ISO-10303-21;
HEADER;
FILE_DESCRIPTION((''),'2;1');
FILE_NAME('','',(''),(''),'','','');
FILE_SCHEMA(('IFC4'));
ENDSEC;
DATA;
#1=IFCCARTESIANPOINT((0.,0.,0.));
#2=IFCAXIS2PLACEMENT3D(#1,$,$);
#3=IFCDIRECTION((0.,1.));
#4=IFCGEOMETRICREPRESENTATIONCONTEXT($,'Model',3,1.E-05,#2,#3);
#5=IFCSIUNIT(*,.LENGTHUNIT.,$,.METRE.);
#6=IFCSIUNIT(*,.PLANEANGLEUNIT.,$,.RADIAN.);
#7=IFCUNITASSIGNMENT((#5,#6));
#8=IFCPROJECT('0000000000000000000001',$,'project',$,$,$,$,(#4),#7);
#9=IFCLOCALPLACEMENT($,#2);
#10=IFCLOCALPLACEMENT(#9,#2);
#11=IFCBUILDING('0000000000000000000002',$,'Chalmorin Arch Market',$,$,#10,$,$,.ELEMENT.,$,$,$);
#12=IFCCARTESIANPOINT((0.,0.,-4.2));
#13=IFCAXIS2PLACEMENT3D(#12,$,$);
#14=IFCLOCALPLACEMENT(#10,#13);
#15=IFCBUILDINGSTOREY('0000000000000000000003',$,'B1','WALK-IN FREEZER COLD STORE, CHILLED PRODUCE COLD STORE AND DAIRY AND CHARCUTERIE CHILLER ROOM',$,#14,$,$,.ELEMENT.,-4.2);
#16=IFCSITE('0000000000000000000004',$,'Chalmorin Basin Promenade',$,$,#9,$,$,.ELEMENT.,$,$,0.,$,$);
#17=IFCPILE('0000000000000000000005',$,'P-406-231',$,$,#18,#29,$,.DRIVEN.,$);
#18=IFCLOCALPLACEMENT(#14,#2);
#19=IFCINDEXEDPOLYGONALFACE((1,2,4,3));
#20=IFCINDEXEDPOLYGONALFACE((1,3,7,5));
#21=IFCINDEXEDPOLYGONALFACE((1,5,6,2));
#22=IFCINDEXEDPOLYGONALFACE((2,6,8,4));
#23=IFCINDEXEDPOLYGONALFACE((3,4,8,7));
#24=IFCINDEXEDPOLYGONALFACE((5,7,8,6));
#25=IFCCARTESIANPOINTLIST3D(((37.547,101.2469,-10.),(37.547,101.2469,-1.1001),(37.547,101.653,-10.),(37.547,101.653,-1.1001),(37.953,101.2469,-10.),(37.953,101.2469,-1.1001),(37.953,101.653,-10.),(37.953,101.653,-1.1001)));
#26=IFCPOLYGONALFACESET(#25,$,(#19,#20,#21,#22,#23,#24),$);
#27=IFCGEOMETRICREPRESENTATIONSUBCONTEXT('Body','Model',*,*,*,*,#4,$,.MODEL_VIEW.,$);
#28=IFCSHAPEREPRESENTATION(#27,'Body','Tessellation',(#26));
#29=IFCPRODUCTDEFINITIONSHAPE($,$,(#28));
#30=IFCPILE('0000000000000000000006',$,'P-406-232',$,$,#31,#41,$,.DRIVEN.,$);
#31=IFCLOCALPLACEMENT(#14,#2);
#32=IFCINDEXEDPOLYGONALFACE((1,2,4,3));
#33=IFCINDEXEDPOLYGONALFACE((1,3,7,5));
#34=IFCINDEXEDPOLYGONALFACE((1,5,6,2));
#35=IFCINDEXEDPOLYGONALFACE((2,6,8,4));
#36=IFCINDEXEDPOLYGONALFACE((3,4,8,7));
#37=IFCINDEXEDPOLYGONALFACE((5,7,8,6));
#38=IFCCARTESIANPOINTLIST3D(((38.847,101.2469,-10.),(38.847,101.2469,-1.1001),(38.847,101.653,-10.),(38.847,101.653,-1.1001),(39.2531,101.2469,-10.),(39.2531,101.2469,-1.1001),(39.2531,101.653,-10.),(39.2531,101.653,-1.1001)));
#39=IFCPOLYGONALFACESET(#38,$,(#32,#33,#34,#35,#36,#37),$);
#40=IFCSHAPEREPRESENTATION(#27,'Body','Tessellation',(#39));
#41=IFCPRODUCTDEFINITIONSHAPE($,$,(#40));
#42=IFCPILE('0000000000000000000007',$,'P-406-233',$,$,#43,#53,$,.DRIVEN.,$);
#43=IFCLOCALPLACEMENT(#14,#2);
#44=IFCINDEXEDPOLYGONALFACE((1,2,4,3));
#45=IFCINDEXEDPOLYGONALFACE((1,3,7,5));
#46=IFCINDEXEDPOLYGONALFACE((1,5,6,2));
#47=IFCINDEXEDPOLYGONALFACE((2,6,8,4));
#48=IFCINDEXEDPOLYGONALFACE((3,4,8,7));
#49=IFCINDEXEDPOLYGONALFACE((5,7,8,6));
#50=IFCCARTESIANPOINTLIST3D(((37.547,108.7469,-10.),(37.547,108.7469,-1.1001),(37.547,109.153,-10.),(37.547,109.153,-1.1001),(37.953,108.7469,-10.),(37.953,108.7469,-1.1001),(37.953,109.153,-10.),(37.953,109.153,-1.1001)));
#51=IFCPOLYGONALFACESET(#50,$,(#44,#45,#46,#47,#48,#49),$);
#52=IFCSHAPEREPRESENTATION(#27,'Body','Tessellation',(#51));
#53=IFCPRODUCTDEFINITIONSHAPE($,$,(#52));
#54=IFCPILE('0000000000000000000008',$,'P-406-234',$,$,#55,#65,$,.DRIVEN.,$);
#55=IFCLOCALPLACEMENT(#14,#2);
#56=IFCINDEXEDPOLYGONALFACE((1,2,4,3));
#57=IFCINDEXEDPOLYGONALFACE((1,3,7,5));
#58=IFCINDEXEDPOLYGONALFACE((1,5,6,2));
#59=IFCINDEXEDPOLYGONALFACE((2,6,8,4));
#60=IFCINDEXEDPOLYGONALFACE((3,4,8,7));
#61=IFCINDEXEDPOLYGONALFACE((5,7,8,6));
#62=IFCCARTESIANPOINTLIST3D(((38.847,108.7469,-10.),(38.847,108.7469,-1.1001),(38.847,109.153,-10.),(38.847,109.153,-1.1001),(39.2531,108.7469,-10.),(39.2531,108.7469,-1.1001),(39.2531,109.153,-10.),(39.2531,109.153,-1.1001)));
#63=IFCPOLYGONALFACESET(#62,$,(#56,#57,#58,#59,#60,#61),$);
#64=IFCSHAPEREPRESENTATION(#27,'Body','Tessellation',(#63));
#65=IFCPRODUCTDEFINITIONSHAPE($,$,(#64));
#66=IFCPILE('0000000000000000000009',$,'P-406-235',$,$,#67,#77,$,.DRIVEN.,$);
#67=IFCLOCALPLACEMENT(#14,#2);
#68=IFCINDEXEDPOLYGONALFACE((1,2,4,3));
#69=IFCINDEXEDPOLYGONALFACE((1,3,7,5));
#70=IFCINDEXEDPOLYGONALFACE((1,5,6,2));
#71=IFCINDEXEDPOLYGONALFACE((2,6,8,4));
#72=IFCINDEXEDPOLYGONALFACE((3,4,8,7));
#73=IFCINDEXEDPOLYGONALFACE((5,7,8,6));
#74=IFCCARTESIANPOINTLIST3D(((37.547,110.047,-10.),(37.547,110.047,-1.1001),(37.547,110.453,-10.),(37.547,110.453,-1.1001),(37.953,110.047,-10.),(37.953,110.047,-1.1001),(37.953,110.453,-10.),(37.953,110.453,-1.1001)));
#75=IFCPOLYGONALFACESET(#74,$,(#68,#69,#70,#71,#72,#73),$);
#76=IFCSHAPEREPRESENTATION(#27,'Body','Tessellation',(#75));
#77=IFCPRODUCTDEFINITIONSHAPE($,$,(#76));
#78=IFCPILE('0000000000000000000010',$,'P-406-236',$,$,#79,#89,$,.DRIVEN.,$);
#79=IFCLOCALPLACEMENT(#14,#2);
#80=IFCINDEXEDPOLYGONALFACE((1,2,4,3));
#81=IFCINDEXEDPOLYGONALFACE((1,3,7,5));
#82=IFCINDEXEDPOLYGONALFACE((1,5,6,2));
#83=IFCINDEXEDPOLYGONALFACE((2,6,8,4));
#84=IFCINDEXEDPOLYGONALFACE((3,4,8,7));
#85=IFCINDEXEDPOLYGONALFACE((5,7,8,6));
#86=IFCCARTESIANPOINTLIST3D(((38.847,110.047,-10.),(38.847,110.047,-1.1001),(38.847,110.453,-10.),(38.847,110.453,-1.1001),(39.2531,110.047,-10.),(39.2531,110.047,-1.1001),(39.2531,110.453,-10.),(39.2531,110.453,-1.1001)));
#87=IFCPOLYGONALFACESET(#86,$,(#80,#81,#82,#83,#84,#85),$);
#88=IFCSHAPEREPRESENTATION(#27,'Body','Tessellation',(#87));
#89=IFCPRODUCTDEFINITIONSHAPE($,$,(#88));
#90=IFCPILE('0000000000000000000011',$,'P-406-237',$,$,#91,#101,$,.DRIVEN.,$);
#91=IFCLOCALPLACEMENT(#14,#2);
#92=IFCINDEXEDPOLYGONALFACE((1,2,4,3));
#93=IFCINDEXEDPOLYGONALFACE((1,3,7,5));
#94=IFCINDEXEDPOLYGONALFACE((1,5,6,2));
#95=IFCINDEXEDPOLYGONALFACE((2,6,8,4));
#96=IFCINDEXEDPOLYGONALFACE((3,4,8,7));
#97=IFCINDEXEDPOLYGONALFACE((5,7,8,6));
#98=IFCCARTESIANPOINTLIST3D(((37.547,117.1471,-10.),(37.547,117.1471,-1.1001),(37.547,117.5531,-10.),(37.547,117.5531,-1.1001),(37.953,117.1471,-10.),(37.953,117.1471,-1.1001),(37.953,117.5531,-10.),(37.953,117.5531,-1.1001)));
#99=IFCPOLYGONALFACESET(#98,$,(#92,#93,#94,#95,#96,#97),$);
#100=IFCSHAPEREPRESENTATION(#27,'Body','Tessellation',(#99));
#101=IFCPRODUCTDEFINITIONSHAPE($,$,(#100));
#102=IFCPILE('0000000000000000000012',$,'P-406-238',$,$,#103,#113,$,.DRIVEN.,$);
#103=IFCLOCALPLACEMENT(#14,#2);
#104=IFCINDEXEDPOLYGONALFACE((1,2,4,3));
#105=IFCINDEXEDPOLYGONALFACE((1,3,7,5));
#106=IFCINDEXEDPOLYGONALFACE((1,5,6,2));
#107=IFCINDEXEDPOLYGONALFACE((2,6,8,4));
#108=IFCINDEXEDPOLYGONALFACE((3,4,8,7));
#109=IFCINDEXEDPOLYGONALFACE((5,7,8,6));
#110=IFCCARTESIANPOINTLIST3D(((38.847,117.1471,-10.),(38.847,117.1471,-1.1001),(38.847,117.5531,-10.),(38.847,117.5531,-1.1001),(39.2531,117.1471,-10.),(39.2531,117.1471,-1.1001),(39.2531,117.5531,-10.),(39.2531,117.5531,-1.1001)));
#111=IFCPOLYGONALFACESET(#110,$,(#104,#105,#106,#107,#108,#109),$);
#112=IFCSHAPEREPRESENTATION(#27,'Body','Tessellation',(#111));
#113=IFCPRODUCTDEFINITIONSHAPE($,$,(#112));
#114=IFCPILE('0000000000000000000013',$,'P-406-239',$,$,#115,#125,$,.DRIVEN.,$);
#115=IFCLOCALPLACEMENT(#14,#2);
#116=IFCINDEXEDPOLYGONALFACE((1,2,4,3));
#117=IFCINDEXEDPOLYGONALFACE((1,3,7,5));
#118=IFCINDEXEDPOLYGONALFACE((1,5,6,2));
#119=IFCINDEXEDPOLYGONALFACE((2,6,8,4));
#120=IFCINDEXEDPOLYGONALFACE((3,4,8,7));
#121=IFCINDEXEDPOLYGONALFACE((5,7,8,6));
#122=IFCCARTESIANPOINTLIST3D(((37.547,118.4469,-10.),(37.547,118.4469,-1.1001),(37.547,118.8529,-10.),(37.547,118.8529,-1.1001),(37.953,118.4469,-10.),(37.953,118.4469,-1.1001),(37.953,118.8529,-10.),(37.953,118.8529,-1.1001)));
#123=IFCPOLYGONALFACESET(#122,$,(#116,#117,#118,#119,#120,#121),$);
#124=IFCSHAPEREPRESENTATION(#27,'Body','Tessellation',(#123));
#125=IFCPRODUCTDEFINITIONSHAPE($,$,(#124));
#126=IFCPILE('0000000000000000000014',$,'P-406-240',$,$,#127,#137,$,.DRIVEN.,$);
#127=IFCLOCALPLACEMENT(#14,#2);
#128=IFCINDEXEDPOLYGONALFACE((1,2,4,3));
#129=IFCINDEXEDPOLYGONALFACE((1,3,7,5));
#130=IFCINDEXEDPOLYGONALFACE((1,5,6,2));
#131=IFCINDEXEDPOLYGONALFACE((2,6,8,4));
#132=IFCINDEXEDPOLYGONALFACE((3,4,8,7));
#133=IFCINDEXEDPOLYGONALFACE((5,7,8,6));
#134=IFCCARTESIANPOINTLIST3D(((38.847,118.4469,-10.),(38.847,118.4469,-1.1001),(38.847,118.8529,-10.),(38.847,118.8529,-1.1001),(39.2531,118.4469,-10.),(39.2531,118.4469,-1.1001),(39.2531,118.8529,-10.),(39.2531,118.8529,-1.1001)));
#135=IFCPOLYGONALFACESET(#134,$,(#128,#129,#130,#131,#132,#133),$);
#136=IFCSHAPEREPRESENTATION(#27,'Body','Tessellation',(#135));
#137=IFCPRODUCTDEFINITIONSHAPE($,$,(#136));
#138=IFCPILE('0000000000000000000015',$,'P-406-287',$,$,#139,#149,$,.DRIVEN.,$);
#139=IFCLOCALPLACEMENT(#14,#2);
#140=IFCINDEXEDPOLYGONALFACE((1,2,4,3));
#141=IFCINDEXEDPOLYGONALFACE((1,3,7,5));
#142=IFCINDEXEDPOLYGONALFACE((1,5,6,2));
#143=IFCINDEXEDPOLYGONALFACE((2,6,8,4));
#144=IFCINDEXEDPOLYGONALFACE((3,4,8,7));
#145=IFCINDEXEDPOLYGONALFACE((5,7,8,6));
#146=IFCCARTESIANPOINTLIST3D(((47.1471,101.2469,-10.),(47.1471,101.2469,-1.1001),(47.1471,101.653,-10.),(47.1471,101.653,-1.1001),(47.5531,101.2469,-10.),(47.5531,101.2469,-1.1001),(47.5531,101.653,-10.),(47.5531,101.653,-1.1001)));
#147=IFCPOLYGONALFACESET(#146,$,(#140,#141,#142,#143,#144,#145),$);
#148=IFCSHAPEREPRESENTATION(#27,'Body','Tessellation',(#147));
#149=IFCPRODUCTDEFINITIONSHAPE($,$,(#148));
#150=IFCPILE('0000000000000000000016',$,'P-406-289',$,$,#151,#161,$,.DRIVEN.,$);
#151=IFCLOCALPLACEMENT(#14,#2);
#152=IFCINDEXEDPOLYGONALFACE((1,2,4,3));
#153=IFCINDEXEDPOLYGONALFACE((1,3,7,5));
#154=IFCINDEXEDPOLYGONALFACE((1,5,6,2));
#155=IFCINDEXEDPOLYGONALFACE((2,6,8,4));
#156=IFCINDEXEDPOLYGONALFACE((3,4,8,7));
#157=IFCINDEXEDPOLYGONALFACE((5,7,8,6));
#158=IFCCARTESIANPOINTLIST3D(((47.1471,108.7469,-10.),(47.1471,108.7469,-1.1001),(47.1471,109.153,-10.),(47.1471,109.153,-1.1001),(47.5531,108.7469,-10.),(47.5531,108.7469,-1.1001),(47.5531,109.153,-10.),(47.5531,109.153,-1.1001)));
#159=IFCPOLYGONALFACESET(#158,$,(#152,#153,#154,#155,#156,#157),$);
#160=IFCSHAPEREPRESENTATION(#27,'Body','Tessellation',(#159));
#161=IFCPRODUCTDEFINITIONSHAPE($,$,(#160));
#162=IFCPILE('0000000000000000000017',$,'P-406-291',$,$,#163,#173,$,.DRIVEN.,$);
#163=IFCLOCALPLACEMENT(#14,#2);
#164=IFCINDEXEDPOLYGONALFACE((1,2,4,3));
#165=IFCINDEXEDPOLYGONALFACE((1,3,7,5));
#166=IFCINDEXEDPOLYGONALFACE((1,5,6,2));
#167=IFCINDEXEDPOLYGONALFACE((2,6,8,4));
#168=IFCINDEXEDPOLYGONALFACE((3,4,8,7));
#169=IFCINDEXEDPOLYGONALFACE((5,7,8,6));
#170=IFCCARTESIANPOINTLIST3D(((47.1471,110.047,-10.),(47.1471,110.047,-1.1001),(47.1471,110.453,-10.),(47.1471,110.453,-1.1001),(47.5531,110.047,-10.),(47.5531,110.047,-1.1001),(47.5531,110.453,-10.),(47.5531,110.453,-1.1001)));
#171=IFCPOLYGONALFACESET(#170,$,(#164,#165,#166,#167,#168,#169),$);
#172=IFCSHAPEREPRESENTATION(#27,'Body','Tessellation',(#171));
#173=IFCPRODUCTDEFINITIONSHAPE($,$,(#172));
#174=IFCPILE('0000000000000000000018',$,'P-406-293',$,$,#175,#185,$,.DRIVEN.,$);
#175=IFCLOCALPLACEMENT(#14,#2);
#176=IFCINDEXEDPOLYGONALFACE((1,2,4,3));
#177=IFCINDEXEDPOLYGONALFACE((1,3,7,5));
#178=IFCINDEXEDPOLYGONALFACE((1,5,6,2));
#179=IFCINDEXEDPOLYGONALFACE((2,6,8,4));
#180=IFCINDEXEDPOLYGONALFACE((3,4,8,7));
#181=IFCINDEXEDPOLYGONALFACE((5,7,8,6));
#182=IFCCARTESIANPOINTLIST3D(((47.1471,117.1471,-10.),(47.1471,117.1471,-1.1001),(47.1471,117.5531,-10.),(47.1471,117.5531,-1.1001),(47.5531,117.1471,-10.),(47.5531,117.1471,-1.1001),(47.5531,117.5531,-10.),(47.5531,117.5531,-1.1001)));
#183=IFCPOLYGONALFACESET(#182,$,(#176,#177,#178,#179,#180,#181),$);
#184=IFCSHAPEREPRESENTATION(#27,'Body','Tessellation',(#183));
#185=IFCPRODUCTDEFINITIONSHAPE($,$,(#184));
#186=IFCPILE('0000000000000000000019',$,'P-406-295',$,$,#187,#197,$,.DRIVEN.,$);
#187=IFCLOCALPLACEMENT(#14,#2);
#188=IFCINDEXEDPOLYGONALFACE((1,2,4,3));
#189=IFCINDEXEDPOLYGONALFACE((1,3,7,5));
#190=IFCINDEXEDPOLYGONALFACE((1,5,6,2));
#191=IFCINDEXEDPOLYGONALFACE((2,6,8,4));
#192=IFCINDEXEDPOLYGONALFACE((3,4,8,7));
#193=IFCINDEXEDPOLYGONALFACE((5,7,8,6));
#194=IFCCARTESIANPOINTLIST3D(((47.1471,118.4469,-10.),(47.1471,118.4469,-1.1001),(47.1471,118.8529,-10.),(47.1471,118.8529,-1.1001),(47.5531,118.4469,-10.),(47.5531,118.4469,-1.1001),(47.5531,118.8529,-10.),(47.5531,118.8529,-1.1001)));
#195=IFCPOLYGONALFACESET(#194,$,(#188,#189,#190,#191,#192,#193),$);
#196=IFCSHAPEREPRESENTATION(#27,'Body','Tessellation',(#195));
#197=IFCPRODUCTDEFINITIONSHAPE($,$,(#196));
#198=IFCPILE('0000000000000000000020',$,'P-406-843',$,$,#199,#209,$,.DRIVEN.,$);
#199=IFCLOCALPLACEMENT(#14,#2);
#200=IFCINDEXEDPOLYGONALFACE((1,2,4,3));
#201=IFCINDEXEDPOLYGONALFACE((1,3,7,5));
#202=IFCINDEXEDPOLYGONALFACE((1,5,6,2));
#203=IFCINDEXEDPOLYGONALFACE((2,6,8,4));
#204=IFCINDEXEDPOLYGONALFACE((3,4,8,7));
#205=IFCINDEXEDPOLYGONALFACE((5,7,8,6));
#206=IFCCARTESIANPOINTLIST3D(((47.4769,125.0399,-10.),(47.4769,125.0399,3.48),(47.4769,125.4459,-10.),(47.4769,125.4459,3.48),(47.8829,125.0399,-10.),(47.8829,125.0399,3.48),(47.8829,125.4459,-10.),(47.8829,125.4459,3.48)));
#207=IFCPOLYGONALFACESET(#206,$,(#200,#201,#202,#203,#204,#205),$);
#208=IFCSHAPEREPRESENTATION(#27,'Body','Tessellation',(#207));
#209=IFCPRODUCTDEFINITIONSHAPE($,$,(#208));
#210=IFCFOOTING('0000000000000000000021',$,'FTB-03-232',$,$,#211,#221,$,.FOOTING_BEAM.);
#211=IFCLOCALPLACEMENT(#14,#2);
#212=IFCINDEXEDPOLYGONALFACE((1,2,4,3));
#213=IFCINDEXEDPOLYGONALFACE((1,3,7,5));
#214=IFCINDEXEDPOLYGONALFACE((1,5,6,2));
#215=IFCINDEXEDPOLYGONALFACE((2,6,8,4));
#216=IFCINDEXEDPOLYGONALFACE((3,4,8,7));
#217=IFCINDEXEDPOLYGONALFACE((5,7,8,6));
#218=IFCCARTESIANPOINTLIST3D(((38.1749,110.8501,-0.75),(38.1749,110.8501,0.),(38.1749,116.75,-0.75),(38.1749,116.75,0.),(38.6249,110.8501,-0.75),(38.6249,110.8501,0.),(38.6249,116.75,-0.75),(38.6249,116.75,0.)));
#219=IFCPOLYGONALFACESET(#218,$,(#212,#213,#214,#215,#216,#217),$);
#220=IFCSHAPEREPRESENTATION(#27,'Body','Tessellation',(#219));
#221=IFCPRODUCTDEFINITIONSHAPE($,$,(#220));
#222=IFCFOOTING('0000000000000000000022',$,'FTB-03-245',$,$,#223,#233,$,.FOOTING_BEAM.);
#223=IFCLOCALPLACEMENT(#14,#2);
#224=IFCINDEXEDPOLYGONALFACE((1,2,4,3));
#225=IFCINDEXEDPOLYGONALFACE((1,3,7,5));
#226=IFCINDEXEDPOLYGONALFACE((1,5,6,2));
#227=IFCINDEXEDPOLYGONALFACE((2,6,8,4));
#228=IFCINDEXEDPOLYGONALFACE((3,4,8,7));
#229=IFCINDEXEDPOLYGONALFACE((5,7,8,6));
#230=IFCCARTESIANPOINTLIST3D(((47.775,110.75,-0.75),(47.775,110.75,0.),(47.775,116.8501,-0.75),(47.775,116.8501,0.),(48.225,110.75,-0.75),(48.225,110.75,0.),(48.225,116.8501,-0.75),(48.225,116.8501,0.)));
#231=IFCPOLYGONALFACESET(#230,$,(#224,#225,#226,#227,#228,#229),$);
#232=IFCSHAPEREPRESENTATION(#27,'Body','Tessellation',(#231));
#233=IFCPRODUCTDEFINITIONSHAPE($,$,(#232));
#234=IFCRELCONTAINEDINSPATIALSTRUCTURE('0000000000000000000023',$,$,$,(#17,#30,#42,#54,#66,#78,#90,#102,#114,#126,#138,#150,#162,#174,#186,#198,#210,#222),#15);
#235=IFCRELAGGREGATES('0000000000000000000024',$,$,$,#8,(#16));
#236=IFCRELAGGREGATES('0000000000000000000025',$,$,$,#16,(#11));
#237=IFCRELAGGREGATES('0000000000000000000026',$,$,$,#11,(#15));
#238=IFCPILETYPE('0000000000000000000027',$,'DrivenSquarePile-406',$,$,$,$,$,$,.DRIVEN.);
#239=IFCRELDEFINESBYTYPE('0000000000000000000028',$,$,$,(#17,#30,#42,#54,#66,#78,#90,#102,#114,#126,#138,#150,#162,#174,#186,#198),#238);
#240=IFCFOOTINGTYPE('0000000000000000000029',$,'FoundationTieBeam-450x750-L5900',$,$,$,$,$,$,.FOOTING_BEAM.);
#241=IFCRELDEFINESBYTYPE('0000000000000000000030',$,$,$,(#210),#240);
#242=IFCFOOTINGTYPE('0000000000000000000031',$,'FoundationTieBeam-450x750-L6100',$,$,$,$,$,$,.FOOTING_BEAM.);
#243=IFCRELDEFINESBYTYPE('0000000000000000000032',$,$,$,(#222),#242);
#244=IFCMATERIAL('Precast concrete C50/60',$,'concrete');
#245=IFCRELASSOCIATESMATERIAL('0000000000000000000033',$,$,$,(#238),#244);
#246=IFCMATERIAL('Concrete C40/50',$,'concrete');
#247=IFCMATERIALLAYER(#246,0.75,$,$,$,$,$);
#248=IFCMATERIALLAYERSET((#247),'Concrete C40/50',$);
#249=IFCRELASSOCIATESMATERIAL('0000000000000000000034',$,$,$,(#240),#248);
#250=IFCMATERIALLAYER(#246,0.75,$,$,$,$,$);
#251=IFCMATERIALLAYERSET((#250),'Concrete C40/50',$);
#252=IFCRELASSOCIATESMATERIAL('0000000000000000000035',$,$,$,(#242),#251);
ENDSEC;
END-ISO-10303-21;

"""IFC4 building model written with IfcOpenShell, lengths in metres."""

from ifc_helpers import new_model, si_unit, direction, frame, origin, origin_2d, place, context, subcontext, project, spatial, rectangle, extrude, material, layer, layer_set, material_profile, profile_set, type_object, element, save


model = new_model("IFC4")

# Units and contexts
model_context = context("Model", 3, precision=1e-05, world=origin(), true_north=direction((0.0, 1.0)))
body_context = subcontext(model_context, "Body", "Model", "MODEL_VIEW")
ifc_project = project(units=[si_unit("LENGTHUNIT", "METRE"), si_unit("PLANEANGLEUNIT", "RADIAN")], contexts=[model_context])

# Site, building, storey
site_placement = place(None, origin())
site = spatial("IfcSite", under=ifc_project, at=site_placement, Name="Chalmorin Basin Promenade", CompositionType="ELEMENT", RefElevation=0.0)
building_placement = place(site_placement, origin())
building = spatial("IfcBuilding", under=site, at=building_placement, Name="Chalmorin Arch Market", CompositionType="ELEMENT")
storey_placement = place(building_placement, frame((0.0, 0.0, -4.2)))
storey = spatial("IfcBuildingStorey", under=building, at=storey_placement, Name="B1", Description="WALK-IN FREEZER COLD STORE, CHILLED PRODUCE COLD STORE AND DAIRY AND CHARCUTERIE CHILLER ROOM", CompositionType="ELEMENT", Elevation=-4.2)

# Piles
ifc_material_1 = material(Name="Precast concrete C50/60", Category="concrete")
ifc_material_profile_1 = material_profile(ifc_material_1, rectangle(XDim=0.406, YDim=0.406, at=origin_2d()), Name="PPC406")
ifc_profile_set_1 = profile_set([ifc_material_profile_1], Name="Precast concrete C50/60")
pile_type = type_object("IfcPileType", Name="DrivenSquarePile-406", PredefinedType="DRIVEN", material=ifc_profile_set_1)
for number, where, z_axis, x_axis, name in (
    (1, (37.75, 101.45, -1.1001), (0.0, 0.0, -1.0), (1.0, 0.0, 0.0), "P-406-231"),
    (2, (39.05, 101.45, -1.1001), (0.0, 0.0, -1.0), (1.0, 0.0, 0.0), "P-406-232"),
    (3, (37.75, 108.95, -1.1001), (0.0, 0.0, -1.0), (1.0, 0.0, 0.0), "P-406-233"),
    (4, (39.05, 108.95, -1.1001), (0.0, 0.0, -1.0), (1.0, 0.0, 0.0), "P-406-234"),
    (5, (37.75, 110.25, -1.1001), (0.0, 0.0, -1.0), (1.0, 0.0, 0.0), "P-406-235"),
    (6, (39.05, 110.25, -1.1001), (0.0, 0.0, -1.0), (1.0, 0.0, 0.0), "P-406-236"),
    (7, (37.75, 117.3501, -1.1001), (0.0, 0.0, -1.0), (1.0, 0.0, 0.0), "P-406-237"),
    (8, (39.05, 117.3501, -1.1001), (0.0, 0.0, -1.0), (1.0, 0.0, 0.0), "P-406-238"),
    (9, (37.75, 118.6499, -1.1001), (0.0, 0.0, -1.0), (1.0, 0.0, 0.0), "P-406-239"),
    (10, (39.05, 118.6499, -1.1001), (0.0, 0.0, -1.0), (1.0, 0.0, 0.0), "P-406-240"),
    (11, (47.3501, 101.45, -1.1001), (0.0, 0.0, -1.0), (1.0, 0.0, 0.0), "P-406-287"),
    (12, (47.3501, 108.95, -1.1001), (0.0, 0.0, -1.0), (1.0, 0.0, 0.0), "P-406-289"),
    (13, (47.3501, 110.25, -1.1001), (0.0, 0.0, -1.0), (1.0, 0.0, 0.0), "P-406-291"),
    (14, (47.3501, 117.3501, -1.1001), (0.0, 0.0, -1.0), (1.0, 0.0, 0.0), "P-406-293"),
    (15, (47.3501, 118.6499, -1.1001), (0.0, 0.0, -1.0), (1.0, 0.0, 0.0), "P-406-295"),
):
    element("IfcPile", number, at=place(storey_placement, frame(where, z_axis=z_axis, x_axis=x_axis)), inside=storey, type_object=pile_type, Name=name, PredefinedType="DRIVEN", context=body_context, shape_type="SweptSolid", body=[
        extrude(rectangle(XDim=0.406, YDim=0.406, at=origin_2d()), origin(), (0.0, 0.0, 1.0), 8.8999),
    ])
pile_placement = place(storey_placement, frame((47.6799, 125.2429, 3.48), z_axis=(0.0, 0.0, -1.0), x_axis=(1.0, 0.0, 0.0)))
element("IfcPile", 16, at=pile_placement, inside=storey, type_object=pile_type, Name="P-406-843", PredefinedType="DRIVEN", context=body_context, shape_type="SweptSolid", body=[
    extrude(rectangle(XDim=0.406, YDim=0.406, at=origin_2d()), origin(), (0.0, 0.0, 1.0), 13.48),
])

# Footings
ifc_material_2 = material(Name="Concrete C40/50", Category="concrete")
ifc_layer_1 = layer(ifc_material_2, 0.75)
ifc_layer_set_1 = layer_set([ifc_layer_1], Name="Concrete C40/50")
footing_type_1 = type_object("IfcFootingType", Name="FoundationTieBeam-450x750-L5900", PredefinedType="FOOTING_BEAM", material=ifc_layer_set_1)
footing_1_placement = place(storey_placement, frame((38.3999, 113.8, -0.75), z_axis=(0.0, 0.0, 1.0), x_axis=(0.0, 1.0, 0.0)))
element("IfcFooting", 17, at=footing_1_placement, inside=storey, type_object=footing_type_1, Name="FTB-03-232", PredefinedType="FOOTING_BEAM", context=body_context, shape_type="SweptSolid", body=[
    extrude(rectangle(XDim=5.8999, YDim=0.45, at=origin_2d()), origin(), (0.0, 0.0, 1.0), 0.75),
])
ifc_layer_2 = layer(ifc_material_2, 0.75)
ifc_layer_set_2 = layer_set([ifc_layer_2], Name="Concrete C40/50")
footing_type_2 = type_object("IfcFootingType", Name="FoundationTieBeam-450x750-L6100", PredefinedType="FOOTING_BEAM", material=ifc_layer_set_2)
footing_2_placement = place(storey_placement, frame((48.0, 113.8, -0.75), z_axis=(0.0, 0.0, 1.0), x_axis=(0.0, 1.0, 0.0)))
element("IfcFooting", 18, at=footing_2_placement, inside=storey, type_object=footing_type_2, Name="FTB-03-245", PredefinedType="FOOTING_BEAM", context=body_context, shape_type="SweptSolid", body=[
    extrude(rectangle(XDim=6.1001, YDim=0.45, at=origin_2d()), origin(), (0.0, 0.0, 1.0), 0.75),
])

save(model, "model.ifc")
